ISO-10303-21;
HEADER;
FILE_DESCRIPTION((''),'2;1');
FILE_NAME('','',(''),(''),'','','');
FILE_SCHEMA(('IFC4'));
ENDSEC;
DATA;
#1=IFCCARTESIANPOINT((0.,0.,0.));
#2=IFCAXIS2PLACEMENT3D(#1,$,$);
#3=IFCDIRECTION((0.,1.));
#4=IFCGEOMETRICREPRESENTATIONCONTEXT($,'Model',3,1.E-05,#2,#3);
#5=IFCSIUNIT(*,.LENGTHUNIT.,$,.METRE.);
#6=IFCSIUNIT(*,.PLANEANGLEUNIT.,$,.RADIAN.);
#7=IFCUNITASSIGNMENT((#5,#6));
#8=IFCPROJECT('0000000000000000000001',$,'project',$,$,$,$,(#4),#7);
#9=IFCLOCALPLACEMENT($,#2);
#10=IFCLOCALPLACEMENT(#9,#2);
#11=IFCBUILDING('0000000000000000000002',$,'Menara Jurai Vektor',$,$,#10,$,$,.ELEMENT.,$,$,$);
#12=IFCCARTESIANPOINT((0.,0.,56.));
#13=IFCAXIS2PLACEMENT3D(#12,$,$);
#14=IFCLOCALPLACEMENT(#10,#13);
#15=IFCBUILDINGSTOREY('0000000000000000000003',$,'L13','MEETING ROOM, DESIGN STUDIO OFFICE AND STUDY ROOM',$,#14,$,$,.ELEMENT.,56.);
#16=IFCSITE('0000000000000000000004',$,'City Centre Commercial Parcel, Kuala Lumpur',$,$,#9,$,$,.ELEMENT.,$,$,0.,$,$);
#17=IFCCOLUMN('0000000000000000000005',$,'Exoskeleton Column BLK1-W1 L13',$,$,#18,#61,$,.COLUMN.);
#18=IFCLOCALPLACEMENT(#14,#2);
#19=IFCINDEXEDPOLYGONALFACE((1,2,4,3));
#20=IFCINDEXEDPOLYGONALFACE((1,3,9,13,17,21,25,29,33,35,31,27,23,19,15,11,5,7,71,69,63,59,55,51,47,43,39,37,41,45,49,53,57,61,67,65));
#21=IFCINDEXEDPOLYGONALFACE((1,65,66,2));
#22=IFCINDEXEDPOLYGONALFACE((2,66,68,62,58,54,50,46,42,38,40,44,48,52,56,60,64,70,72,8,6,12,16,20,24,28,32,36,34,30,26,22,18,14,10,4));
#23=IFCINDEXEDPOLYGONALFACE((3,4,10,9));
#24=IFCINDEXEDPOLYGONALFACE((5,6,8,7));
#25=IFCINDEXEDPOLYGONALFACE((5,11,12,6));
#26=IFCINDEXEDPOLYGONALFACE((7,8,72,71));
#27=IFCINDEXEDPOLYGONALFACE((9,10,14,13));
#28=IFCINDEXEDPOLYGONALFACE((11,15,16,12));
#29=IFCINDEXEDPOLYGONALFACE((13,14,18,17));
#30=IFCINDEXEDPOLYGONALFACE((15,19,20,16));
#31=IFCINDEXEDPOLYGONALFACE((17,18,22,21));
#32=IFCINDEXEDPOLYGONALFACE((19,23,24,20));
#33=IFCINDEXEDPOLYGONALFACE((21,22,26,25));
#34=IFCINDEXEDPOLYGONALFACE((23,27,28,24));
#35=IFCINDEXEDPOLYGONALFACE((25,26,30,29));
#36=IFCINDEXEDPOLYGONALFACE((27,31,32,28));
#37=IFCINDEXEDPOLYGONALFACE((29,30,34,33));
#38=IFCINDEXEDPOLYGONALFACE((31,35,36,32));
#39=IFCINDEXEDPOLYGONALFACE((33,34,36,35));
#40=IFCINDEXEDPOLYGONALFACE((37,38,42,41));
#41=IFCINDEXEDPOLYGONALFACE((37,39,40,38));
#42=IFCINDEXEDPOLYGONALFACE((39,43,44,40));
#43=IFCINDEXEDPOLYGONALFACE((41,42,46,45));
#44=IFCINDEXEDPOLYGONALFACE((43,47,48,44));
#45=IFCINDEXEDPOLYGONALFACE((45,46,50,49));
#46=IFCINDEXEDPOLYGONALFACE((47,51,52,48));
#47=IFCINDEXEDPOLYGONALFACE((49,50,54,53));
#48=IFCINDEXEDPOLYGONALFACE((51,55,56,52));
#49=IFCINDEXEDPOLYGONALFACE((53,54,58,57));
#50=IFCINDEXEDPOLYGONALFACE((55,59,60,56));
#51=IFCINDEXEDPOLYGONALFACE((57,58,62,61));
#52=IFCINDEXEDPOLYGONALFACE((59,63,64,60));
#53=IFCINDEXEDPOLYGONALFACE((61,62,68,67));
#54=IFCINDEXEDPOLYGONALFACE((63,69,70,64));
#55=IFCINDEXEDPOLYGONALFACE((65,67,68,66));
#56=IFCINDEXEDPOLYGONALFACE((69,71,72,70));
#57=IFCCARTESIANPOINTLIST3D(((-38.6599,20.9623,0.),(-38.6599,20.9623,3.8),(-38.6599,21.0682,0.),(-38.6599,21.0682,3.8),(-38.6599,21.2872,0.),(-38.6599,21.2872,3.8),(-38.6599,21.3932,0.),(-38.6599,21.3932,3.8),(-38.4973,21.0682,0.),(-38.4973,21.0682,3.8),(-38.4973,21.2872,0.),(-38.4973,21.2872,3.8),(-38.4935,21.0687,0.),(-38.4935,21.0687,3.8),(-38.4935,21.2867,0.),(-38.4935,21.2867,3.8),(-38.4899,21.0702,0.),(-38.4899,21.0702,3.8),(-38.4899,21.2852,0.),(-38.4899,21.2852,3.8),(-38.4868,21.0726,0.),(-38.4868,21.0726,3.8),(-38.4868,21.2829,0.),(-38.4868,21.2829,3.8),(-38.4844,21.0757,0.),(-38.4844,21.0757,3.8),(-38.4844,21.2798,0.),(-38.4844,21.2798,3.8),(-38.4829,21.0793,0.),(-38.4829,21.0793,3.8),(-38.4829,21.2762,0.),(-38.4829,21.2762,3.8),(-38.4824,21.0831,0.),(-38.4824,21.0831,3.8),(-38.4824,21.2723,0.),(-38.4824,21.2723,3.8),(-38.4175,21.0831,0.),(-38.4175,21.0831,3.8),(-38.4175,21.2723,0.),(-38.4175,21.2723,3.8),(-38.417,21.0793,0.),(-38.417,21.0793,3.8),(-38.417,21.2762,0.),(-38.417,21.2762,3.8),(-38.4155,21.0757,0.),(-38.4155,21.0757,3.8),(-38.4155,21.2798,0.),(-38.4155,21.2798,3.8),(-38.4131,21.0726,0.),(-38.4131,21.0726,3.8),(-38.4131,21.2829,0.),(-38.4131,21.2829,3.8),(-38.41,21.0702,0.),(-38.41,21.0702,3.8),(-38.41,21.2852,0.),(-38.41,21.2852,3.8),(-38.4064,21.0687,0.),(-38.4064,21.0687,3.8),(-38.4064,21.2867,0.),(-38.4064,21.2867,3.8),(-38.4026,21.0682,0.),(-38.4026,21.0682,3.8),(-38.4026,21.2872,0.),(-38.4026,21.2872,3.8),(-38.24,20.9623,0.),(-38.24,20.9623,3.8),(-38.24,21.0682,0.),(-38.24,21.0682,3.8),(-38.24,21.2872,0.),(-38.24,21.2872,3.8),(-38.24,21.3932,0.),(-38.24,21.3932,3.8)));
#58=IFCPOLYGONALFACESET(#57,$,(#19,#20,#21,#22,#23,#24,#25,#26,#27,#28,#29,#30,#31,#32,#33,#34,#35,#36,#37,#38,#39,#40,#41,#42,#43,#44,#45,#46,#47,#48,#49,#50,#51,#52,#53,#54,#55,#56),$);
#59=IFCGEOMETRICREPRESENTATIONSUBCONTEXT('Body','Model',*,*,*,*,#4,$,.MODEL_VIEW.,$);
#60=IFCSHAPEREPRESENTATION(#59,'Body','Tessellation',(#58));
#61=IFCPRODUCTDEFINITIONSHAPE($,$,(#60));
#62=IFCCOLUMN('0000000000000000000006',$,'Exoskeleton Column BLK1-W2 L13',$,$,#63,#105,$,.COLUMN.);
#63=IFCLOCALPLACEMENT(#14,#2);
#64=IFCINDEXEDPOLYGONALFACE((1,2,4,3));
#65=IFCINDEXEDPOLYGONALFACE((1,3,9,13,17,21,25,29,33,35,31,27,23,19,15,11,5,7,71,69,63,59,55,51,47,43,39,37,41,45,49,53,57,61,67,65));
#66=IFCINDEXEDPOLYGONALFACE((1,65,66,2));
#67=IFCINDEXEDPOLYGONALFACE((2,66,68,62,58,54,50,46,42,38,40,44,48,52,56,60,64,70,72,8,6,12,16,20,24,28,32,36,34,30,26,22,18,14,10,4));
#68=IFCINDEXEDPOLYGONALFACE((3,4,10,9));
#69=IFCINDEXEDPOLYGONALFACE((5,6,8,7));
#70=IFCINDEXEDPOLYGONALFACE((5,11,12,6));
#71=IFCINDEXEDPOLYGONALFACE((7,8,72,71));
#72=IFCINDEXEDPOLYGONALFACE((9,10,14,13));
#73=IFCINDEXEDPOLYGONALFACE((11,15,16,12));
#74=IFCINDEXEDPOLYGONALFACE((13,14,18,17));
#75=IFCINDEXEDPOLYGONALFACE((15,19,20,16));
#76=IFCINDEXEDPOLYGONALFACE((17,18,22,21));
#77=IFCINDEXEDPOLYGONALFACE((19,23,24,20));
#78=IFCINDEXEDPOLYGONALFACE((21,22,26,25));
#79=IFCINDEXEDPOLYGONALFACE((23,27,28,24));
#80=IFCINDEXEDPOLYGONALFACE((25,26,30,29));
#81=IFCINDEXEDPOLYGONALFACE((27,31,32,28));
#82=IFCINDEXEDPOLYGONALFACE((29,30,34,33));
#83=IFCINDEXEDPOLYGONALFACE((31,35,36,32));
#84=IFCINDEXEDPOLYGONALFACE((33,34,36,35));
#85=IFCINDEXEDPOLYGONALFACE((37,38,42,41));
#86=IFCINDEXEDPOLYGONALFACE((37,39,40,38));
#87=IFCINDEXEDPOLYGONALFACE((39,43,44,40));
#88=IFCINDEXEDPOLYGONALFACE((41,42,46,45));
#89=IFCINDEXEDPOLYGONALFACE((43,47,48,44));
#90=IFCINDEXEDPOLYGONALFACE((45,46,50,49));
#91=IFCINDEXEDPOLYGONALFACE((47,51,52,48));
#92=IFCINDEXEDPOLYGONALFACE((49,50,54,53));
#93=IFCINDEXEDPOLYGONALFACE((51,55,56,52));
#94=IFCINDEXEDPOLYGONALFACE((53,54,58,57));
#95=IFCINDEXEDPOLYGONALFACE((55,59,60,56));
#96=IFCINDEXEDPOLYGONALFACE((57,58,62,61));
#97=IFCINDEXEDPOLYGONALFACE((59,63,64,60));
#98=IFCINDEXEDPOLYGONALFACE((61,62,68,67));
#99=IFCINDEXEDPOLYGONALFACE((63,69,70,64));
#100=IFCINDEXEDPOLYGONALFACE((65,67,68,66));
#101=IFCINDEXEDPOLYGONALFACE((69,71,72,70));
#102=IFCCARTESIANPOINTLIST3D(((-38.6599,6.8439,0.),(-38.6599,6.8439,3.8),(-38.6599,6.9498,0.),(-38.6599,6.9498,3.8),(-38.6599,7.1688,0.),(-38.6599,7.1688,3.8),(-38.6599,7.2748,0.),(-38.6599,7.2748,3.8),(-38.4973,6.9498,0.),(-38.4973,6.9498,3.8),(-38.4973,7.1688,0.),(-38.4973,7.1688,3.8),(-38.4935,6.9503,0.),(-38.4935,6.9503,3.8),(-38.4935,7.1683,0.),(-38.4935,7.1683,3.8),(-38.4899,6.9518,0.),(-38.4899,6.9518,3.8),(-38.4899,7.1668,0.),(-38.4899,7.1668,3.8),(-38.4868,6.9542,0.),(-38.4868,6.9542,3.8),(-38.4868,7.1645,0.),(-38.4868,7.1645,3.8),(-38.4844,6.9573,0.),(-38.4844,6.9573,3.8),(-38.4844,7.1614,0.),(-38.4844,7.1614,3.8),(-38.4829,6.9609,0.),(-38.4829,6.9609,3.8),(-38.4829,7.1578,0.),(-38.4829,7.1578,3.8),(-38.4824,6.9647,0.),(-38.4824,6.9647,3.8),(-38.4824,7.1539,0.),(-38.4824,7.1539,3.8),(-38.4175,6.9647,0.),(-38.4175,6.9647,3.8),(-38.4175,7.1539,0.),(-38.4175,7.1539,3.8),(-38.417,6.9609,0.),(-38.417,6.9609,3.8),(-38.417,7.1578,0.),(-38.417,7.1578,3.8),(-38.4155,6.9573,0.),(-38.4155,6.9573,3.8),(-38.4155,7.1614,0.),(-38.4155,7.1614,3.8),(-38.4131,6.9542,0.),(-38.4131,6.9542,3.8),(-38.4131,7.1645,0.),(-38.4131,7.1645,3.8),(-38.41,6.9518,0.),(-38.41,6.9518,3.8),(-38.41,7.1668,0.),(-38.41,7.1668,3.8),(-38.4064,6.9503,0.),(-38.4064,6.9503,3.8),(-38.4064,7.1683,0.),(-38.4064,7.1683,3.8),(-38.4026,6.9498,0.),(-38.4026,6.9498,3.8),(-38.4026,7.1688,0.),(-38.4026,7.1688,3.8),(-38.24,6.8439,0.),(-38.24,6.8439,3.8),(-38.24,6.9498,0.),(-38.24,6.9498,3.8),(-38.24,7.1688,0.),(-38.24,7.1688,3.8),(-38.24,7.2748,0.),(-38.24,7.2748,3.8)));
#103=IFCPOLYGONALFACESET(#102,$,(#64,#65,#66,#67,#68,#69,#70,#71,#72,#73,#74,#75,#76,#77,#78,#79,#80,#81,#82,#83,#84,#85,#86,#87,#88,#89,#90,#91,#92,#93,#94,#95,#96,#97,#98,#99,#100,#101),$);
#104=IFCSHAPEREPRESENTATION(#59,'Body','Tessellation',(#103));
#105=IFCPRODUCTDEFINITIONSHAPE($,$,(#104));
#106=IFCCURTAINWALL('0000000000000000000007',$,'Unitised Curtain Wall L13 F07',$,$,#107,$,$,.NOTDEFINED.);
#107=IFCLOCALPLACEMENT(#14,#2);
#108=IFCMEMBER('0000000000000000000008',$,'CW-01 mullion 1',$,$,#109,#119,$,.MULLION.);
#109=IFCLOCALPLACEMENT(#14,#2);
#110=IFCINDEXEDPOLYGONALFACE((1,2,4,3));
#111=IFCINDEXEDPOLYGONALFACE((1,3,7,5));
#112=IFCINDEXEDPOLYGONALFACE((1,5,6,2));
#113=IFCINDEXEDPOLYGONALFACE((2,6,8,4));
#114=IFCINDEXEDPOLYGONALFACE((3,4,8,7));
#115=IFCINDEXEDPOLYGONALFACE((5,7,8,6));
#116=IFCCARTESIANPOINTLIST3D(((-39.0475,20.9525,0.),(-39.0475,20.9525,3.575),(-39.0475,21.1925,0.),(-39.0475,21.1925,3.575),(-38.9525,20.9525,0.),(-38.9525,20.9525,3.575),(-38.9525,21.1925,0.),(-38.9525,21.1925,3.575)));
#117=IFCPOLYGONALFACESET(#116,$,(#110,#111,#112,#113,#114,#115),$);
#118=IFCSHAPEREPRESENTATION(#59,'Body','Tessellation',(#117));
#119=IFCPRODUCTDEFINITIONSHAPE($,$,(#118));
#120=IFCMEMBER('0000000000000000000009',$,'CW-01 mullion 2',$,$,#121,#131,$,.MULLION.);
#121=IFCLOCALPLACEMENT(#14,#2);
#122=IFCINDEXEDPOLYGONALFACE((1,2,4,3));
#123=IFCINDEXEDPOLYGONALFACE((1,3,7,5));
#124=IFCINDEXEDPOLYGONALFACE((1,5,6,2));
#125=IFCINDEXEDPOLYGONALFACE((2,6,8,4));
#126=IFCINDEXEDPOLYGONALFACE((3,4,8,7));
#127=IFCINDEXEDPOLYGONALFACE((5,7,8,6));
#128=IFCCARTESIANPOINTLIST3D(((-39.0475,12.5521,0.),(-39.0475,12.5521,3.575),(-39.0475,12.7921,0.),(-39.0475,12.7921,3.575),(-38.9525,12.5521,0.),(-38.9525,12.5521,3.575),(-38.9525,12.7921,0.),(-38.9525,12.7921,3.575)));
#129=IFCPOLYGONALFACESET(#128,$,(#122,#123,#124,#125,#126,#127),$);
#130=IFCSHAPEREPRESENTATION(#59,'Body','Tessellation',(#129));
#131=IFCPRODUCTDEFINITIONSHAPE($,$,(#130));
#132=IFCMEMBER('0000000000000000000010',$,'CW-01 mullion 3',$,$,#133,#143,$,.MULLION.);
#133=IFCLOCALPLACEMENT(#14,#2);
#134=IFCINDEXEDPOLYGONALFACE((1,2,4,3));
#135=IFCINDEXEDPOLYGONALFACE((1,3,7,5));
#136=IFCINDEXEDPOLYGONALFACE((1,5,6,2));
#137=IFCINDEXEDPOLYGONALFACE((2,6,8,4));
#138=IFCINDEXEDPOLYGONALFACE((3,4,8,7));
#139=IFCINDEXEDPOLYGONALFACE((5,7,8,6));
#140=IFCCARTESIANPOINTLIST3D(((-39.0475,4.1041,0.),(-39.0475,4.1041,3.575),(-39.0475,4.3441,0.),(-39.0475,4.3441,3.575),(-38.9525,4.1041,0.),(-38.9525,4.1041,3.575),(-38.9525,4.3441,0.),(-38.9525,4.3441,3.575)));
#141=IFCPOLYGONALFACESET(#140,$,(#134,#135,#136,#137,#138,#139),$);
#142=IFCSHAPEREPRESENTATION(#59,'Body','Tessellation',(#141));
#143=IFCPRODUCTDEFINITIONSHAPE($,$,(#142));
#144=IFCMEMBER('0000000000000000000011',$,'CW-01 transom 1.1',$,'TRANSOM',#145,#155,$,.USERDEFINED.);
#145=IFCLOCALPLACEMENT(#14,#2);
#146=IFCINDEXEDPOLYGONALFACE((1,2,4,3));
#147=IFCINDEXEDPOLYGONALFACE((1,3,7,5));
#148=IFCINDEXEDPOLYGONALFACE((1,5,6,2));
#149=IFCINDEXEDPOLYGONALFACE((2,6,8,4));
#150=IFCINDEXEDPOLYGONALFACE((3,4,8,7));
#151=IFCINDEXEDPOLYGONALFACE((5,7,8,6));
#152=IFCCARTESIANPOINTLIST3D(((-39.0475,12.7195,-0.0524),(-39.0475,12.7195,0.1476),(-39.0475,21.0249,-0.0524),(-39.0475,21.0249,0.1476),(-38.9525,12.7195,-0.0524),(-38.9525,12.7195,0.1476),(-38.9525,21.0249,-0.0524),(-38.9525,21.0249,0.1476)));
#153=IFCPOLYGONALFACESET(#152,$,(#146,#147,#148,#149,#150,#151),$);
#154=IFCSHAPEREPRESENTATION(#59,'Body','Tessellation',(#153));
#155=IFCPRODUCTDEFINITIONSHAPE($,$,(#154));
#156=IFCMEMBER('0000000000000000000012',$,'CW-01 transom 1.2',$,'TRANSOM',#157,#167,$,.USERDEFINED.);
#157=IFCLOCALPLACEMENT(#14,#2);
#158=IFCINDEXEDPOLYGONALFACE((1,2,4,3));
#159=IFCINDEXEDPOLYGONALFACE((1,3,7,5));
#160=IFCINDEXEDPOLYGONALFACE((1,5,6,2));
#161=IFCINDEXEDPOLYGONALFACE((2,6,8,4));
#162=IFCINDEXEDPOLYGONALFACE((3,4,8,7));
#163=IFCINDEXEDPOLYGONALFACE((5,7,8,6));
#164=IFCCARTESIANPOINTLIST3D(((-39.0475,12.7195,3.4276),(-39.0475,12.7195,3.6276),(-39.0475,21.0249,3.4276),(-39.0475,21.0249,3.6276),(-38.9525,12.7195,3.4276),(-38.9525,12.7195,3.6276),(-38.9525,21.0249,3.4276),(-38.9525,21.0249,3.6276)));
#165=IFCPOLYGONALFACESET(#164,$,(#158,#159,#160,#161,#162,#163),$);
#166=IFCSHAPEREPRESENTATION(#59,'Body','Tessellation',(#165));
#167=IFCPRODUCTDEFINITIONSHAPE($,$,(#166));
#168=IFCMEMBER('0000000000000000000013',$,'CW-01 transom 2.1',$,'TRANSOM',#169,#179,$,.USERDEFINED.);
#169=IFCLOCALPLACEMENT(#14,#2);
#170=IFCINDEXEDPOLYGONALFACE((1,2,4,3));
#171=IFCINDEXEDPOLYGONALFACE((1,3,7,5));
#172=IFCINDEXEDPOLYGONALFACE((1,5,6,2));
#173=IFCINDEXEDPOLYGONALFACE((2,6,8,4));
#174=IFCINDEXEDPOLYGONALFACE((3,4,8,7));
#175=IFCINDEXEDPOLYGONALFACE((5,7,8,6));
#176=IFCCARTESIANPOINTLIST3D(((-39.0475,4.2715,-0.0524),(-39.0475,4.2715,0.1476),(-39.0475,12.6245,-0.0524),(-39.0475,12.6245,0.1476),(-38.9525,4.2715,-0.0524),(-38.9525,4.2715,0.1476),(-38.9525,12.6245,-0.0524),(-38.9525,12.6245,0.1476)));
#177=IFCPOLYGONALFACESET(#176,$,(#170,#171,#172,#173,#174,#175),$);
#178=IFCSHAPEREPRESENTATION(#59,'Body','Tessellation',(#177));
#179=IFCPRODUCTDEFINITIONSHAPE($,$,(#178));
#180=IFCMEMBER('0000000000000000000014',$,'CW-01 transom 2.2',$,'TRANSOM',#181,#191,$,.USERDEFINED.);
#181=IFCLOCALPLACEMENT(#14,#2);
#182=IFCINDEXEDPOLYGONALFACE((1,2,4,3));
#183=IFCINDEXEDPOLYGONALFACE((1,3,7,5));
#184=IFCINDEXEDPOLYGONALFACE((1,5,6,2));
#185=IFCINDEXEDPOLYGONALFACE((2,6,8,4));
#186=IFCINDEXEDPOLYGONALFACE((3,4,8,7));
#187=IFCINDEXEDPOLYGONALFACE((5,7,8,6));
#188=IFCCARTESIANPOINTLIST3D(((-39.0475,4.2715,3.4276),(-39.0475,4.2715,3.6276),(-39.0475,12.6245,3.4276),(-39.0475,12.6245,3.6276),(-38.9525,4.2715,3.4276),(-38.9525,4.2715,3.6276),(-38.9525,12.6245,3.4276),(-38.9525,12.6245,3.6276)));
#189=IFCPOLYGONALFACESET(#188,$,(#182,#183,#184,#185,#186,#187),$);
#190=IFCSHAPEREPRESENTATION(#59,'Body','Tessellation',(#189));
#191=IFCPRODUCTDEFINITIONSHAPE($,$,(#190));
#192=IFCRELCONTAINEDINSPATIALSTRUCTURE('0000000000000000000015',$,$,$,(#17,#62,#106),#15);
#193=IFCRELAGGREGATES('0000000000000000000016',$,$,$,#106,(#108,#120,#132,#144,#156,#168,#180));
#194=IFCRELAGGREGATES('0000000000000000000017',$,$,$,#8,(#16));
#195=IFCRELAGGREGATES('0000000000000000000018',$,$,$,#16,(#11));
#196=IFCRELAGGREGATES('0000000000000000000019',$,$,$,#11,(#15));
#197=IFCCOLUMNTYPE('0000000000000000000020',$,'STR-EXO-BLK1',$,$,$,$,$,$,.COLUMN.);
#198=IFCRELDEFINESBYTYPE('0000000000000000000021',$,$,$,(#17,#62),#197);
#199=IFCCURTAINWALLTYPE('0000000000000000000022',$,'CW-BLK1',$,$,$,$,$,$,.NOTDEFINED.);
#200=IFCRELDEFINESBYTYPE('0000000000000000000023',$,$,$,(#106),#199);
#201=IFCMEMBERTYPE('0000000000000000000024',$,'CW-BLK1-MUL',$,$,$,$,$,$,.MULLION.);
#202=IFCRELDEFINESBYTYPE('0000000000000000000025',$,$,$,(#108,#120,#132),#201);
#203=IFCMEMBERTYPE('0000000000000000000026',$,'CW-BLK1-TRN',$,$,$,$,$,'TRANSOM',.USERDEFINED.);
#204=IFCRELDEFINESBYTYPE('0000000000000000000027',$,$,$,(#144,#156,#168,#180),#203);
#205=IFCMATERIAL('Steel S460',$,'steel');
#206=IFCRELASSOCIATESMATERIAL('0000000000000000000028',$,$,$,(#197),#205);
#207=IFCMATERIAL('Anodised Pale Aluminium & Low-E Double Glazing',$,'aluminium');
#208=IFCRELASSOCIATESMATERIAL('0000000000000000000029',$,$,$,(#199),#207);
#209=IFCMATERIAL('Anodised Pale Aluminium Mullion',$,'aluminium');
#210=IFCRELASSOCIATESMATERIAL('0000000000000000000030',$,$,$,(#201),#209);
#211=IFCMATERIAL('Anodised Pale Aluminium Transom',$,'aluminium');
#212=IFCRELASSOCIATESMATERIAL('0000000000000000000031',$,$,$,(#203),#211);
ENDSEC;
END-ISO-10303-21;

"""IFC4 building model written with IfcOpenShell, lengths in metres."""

from ifc_helpers import new_model, si_unit, direction, frame, origin, origin_2d, place, context, subcontext, project, spatial, rectangle, i_section, extrude, material, material_profile, profile_set, type_object, element, aggregate, save


model = new_model("IFC4")

# Units and contexts
model_context = context("Model", 3, precision=1e-05, world=origin(), true_north=direction((0.0, 1.0)))
body_context = subcontext(model_context, "Body", "Model", "MODEL_VIEW")
ifc_project = project(units=[si_unit("LENGTHUNIT", "METRE"), si_unit("PLANEANGLEUNIT", "RADIAN")], contexts=[model_context])

# Site, building, storey
site_placement = place(None, origin())
site = spatial("IfcSite", under=ifc_project, at=site_placement, Name="City Centre Commercial Parcel, Kuala Lumpur", CompositionType="ELEMENT", RefElevation=0.0)
building_placement = place(site_placement, origin())
building = spatial("IfcBuilding", under=site, at=building_placement, Name="Menara Jurai Vektor", CompositionType="ELEMENT")
storey_placement = place(building_placement, frame((0.0, 0.0, 56.0)))
storey = spatial("IfcBuildingStorey", under=building, at=storey_placement, Name="L13", Description="MEETING ROOM, DESIGN STUDIO OFFICE AND STUDY ROOM", CompositionType="ELEMENT", Elevation=56.0)

# Columns
ifc_material_1 = material(Name="Steel S460", Category="steel")
ifc_material_profile_1 = material_profile(ifc_material_1, i_section(OverallWidth=0.4199, OverallDepth=0.4309, WebThickness=0.0649, FlangeThickness=0.106, FilletRadius=0.0149, at=origin_2d()), Name="HD 400x900")
ifc_profile_set_1 = profile_set([ifc_material_profile_1], Name="Steel S460")
column_type = type_object("IfcColumnType", Name="STR-EXO-BLK1", PredefinedType="COLUMN", material=ifc_profile_set_1)
for number, where, z_axis, x_axis, name in (
    (1, (-38.45, 21.1777, 0.0), (0.0, 0.0, 1.0), (1.0, 0.0, 0.0), "Exoskeleton Column BLK1-W1 L13"),
    (2, (-38.45, 7.0593, 0.0), (0.0, 0.0, 1.0), (1.0, 0.0, 0.0), "Exoskeleton Column BLK1-W2 L13"),
):
    element("IfcColumn", number, at=place(storey_placement, frame(where, z_axis=z_axis, x_axis=x_axis)), inside=storey, type_object=column_type, Name=name, PredefinedType="COLUMN", context=body_context, shape_type="SweptSolid", body=[
        extrude(i_section(OverallWidth=0.4199, OverallDepth=0.4309, WebThickness=0.0649, FlangeThickness=0.106, FilletRadius=0.0149, at=origin_2d()), origin(), (0.0, 0.0, 1.0), 3.8),
    ])

# Curtain wall, members
ifc_material_2 = material(Name="Anodised Pale Aluminium & Low-E Double Glazing", Category="aluminium")
curtain_wall_type = type_object("IfcCurtainWallType", Name="CW-BLK1", PredefinedType="NOTDEFINED", material=ifc_material_2)
curtain_wall_placement = place(storey_placement, origin())
curtain_wall = element("IfcCurtainWall", 3, at=curtain_wall_placement, inside=storey, type_object=curtain_wall_type, Name="Unitised Curtain Wall L13 F07", PredefinedType="NOTDEFINED")
ifc_material_3 = material(Name="Anodised Pale Aluminium Mullion", Category="aluminium")
ifc_material_profile_2 = material_profile(ifc_material_3, rectangle(XDim=0.095, YDim=0.24, at=origin_2d()), Name="ALU MUL 95x240")
ifc_profile_set_2 = profile_set([ifc_material_profile_2], Name="Anodised Pale Aluminium Mullion")
member_type_1 = type_object("IfcMemberType", Name="CW-BLK1-MUL", PredefinedType="MULLION", material=ifc_profile_set_2)
member_1_placement = place(storey_placement, frame((-39.0, 21.0725, 0.0), z_axis=(0.0, 0.0, 1.0), x_axis=(1.0, 0.0, 0.0)))
member_1 = element("IfcMember", 4, at=member_1_placement, type_object=member_type_1, Name="CW-01 mullion 1", PredefinedType="MULLION", context=body_context, shape_type="SweptSolid", body=[
    extrude(rectangle(XDim=0.095, YDim=0.24, at=origin_2d()), origin(), (0.0, 0.0, 1.0), 3.575),
])
member_2_placement = place(storey_placement, frame((-39.0, 12.6721, 0.0), z_axis=(0.0, 0.0, 1.0), x_axis=(1.0, 0.0, 0.0)))
member_2 = element("IfcMember", 5, at=member_2_placement, type_object=member_type_1, Name="CW-01 mullion 2", PredefinedType="MULLION", context=body_context, shape_type="SweptSolid", body=[
    extrude(rectangle(XDim=0.095, YDim=0.24, at=origin_2d()), origin(), (0.0, 0.0, 1.0), 3.575),
])
member_3_placement = place(storey_placement, frame((-39.0, 4.2241, 0.0), z_axis=(0.0, 0.0, 1.0), x_axis=(1.0, 0.0, 0.0)))
member_3 = element("IfcMember", 6, at=member_3_placement, type_object=member_type_1, Name="CW-01 mullion 3", PredefinedType="MULLION", context=body_context, shape_type="SweptSolid", body=[
    extrude(rectangle(XDim=0.095, YDim=0.24, at=origin_2d()), origin(), (0.0, 0.0, 1.0), 3.575),
])
ifc_material_4 = material(Name="Anodised Pale Aluminium Transom", Category="aluminium")
ifc_material_profile_3 = material_profile(ifc_material_4, rectangle(XDim=0.095, YDim=0.2, at=origin_2d()), Name="ALU TRN 95x200")
ifc_profile_set_3 = profile_set([ifc_material_profile_3], Name="Anodised Pale Aluminium Transom")
member_type_2 = type_object("IfcMemberType", Name="CW-BLK1-TRN", ElementType="TRANSOM", PredefinedType="USERDEFINED", material=ifc_profile_set_3)
member_4_placement = place(storey_placement, frame((-39.0, 21.0249, 0.0476), z_axis=(0.0, -1.0, 0.0), x_axis=(1.0, 0.0, 0.0)))
member_4 = element("IfcMember", 7, at=member_4_placement, type_object=member_type_2, Name="CW-01 transom 1.1", ObjectType="TRANSOM", PredefinedType="USERDEFINED", context=body_context, shape_type="SweptSolid", body=[
    extrude(rectangle(XDim=0.095, YDim=0.2, at=origin_2d()), origin(), (0.0, 0.0, 1.0), 8.3054),
])
member_5_placement = place(storey_placement, frame((-39.0, 21.0249, 3.5276), z_axis=(0.0, -1.0, 0.0), x_axis=(1.0, 0.0, 0.0)))
member_5 = element("IfcMember", 8, at=member_5_placement, type_object=member_type_2, Name="CW-01 transom 1.2", ObjectType="TRANSOM", PredefinedType="USERDEFINED", context=body_context, shape_type="SweptSolid", body=[
    extrude(rectangle(XDim=0.095, YDim=0.2, at=origin_2d()), origin(), (0.0, 0.0, 1.0), 8.3054),
])
member_6_placement = place(storey_placement, frame((-39.0, 12.6245, 0.0476), z_axis=(0.0, -1.0, 0.0), x_axis=(1.0, 0.0, 0.0)))
member_6 = element("IfcMember", 9, at=member_6_placement, type_object=member_type_2, Name="CW-01 transom 2.1", ObjectType="TRANSOM", PredefinedType="USERDEFINED", context=body_context, shape_type="SweptSolid", body=[
    extrude(rectangle(XDim=0.095, YDim=0.2, at=origin_2d()), origin(), (0.0, 0.0, 1.0), 8.353),
])
member_7_placement = place(storey_placement, frame((-39.0, 12.6245, 3.5276), z_axis=(0.0, -1.0, 0.0), x_axis=(1.0, 0.0, 0.0)))
member_7 = element("IfcMember", 10, at=member_7_placement, type_object=member_type_2, Name="CW-01 transom 2.2", ObjectType="TRANSOM", PredefinedType="USERDEFINED", context=body_context, shape_type="SweptSolid", body=[
    extrude(rectangle(XDim=0.095, YDim=0.2, at=origin_2d()), origin(), (0.0, 0.0, 1.0), 8.353),
])

aggregate(curtain_wall, [member_1, member_2, member_3, member_4, member_5, member_6, member_7])

save(model, "model.ifc")
